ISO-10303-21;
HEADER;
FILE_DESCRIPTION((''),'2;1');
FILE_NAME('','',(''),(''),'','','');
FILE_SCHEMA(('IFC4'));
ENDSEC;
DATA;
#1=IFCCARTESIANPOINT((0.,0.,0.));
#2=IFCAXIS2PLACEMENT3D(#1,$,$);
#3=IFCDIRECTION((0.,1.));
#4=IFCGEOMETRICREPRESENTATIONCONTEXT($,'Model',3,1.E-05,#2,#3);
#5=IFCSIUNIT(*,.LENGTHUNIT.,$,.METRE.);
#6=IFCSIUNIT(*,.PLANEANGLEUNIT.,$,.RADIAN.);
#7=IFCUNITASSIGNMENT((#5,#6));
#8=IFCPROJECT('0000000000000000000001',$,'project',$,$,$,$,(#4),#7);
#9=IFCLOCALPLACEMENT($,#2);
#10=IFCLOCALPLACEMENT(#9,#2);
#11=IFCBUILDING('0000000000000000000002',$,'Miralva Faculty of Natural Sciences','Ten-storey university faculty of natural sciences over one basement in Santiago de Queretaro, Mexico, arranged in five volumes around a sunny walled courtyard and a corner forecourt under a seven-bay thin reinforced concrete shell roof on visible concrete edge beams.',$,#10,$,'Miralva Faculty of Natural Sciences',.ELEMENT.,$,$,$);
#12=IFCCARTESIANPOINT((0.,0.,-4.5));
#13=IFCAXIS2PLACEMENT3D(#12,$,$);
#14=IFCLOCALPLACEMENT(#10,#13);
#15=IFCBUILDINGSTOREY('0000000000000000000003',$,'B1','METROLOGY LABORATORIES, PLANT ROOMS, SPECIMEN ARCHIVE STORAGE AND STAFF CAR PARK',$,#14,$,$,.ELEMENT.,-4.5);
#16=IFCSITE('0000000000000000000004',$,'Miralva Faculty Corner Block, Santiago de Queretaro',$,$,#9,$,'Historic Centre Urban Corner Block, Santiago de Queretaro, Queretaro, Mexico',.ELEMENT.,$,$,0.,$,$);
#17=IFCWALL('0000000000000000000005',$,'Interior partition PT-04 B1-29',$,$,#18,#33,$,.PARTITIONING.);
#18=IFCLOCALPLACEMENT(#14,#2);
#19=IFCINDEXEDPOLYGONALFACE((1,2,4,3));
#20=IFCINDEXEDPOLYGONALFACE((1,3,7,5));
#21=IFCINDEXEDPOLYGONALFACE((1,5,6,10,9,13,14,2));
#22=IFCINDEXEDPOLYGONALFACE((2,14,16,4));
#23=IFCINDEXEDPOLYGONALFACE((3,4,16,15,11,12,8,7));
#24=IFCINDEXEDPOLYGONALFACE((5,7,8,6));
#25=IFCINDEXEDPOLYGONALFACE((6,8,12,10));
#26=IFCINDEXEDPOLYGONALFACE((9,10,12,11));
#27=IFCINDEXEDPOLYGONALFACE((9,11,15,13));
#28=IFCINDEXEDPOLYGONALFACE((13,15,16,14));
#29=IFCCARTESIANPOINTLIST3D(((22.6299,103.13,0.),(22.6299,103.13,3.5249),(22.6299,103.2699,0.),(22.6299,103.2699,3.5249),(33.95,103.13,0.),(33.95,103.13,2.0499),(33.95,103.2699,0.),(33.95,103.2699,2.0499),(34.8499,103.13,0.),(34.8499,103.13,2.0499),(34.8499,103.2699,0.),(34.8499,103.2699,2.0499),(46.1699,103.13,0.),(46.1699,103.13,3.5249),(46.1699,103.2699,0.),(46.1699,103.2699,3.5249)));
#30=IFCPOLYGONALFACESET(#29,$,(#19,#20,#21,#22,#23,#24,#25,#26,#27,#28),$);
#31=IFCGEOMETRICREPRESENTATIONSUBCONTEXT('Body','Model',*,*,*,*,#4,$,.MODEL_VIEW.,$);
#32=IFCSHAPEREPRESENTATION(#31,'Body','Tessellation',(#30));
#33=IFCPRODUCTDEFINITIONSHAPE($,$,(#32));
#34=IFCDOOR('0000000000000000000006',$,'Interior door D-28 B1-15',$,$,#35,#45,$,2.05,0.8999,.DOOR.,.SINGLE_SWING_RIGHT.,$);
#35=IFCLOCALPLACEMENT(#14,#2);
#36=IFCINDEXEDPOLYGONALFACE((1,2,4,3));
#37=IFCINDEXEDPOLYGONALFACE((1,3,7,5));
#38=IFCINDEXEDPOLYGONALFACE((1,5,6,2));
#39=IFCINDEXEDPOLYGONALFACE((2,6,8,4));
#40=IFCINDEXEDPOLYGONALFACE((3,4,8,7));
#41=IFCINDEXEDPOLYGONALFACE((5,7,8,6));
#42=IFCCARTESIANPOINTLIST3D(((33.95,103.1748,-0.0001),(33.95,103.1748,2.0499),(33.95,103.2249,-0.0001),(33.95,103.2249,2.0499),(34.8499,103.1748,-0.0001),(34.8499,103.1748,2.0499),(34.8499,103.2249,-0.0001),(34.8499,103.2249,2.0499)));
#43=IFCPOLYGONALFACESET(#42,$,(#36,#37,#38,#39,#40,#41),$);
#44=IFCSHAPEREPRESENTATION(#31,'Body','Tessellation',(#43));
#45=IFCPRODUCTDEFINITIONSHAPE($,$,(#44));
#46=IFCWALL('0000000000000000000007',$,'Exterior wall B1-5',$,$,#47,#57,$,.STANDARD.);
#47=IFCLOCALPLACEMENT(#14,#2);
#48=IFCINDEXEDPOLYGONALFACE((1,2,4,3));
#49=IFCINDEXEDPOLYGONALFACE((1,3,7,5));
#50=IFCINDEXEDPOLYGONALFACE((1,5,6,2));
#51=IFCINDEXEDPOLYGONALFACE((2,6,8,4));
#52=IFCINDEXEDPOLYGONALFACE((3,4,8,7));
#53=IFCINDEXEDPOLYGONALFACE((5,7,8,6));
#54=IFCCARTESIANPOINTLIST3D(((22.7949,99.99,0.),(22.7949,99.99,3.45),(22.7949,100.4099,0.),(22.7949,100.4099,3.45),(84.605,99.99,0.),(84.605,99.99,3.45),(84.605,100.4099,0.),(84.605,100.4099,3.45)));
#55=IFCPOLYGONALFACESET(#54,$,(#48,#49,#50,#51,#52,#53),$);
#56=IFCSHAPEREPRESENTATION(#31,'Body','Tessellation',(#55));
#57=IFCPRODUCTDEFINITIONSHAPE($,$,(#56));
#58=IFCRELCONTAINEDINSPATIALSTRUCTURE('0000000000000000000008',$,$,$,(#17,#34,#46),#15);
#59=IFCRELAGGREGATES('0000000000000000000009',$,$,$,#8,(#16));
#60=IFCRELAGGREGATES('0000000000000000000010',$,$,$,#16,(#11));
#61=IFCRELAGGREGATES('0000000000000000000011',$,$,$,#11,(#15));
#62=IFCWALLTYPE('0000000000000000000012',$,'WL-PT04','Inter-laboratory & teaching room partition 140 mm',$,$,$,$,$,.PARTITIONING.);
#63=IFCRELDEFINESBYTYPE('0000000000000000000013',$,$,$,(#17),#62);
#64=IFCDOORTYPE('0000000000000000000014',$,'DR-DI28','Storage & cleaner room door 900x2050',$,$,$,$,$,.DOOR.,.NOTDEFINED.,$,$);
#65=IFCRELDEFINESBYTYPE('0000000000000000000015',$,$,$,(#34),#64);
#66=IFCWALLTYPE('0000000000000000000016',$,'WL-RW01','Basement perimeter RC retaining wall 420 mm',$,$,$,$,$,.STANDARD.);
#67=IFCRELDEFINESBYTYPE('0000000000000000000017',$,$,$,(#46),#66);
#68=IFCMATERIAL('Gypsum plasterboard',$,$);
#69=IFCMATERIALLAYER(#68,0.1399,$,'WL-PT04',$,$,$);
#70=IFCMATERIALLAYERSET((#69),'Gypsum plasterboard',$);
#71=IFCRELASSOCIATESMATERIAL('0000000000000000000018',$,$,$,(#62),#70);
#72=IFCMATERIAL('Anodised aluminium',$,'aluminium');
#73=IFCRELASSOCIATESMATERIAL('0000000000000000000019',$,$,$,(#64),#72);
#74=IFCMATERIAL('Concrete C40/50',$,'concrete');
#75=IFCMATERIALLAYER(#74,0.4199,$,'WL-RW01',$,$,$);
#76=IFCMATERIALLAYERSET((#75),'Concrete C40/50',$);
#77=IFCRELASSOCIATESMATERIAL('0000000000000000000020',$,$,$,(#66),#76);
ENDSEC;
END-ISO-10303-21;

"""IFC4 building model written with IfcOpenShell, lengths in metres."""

from ifc_helpers import new_model, si_unit, direction, frame, frame_2d, origin, place, context, subcontext, project, spatial, rectangle, extrude, material, layer, layer_set, type_object, element, fill, save


model = new_model("IFC4")

# Units and contexts
model_context = context("Model", 3, precision=1e-05, world=origin(), true_north=direction((0.0, 1.0)))
body_context = subcontext(model_context, "Body", "Model", "MODEL_VIEW")
ifc_project = project(units=[si_unit("LENGTHUNIT", "METRE"), si_unit("PLANEANGLEUNIT", "RADIAN")], contexts=[model_context])

# Site, building, storey
site_placement = place(None, origin())
site = spatial("IfcSite", under=ifc_project, at=site_placement, Name="Miralva Faculty Corner Block, Santiago de Queretaro", LongName="Historic Centre Urban Corner Block, Santiago de Queretaro, Queretaro, Mexico", CompositionType="ELEMENT", RefElevation=0.0)
building_placement = place(site_placement, origin())
building = spatial("IfcBuilding", under=site, at=building_placement, Name="Miralva Faculty of Natural Sciences", Description="Ten-storey university faculty of natural sciences over one basement in Santiago de Queretaro, Mexico, arranged in five volumes around a sunny walled courtyard and a corner forecourt under a seven-bay thin reinforced concrete shell roof on visible concrete edge beams.", LongName="Miralva Faculty of Natural Sciences", CompositionType="ELEMENT")
storey_placement = place(building_placement, frame((0.0, 0.0, -4.5)))
storey = spatial("IfcBuildingStorey", under=building, at=storey_placement, Name="B1", Description="METROLOGY LABORATORIES, PLANT ROOMS, SPECIMEN ARCHIVE STORAGE AND STAFF CAR PARK", CompositionType="ELEMENT", Elevation=-4.5)

# Shared definitions
ifc_material_1 = material(Name="Concrete C40/50", Category="concrete")

# Wall, opening, door
ifc_material_2 = material(Name="Gypsum plasterboard")
ifc_layer_1 = layer(ifc_material_2, 0.1399, Name="WL-PT04")
ifc_layer_set_1 = layer_set([ifc_layer_1], Name="Gypsum plasterboard")
wall_type_1 = type_object("IfcWallType", Name="WL-PT04", Description="Inter-laboratory & teaching room partition 140 mm", PredefinedType="PARTITIONING", material=ifc_layer_set_1)
ifc_material_3 = material(Name="Anodised aluminium", Category="aluminium")
door_type = type_object("IfcDoorType", Name="DR-DI28", Description="Storage & cleaner room door 900x2050", OperationType="NOTDEFINED", PredefinedType="DOOR", material=ifc_material_3)
wall_1_placement = place(storey_placement, frame((22.6299, 103.2, 0.0), z_axis=(0.0, 0.0, 1.0), x_axis=(1.0, 0.0, 0.0)))
wall_1 = element("IfcWall", 1, at=wall_1_placement, inside=storey, type_object=wall_type_1, Name="Interior partition PT-04 B1-29", PredefinedType="PARTITIONING", context=body_context, shape_type="SweptSolid", body=[
    extrude(rectangle(XDim=23.54, YDim=0.1399, at=frame_2d((11.77, 0.0))), origin(), (0.0, 0.0, 1.0), 3.5249),
])
opening_1_placement = place(wall_1_placement, frame((11.3201, 0.0, 0.0)))
opening_1 = element("IfcOpeningElement", 2, at=opening_1_placement, cuts=wall_1, PredefinedType="OPENING", context=body_context, shape_type="SweptSolid", body=[
    extrude(rectangle(XDim=0.8999, YDim=2.05, at=frame_2d((0.45, 1.0249))), frame((0.0, 0.0798, 0.0), z_axis=(0.0, -1.0, 0.0), x_axis=(1.0, 0.0, 0.0)), (0.0, 0.0, 1.0), 0.1599),
])
door_1_placement = place(opening_1_placement, origin())
door_1 = element("IfcDoor", 3, at=door_1_placement, inside=storey, type_object=door_type, Name="Interior door D-28 B1-15", OperationType="SINGLE_SWING_RIGHT", OverallHeight=2.05, OverallWidth=0.8999, PredefinedType="DOOR", context=body_context, shape_type="SweptSolid", body=[
    extrude(rectangle(XDim=0.8999, YDim=2.05, at=frame_2d((0.45, 1.0249))), frame((0.0, 0.0249, 0.0), z_axis=(0.0, -1.0, 0.0), x_axis=(1.0, 0.0, 0.0)), (0.0, 0.0, 1.0), 0.05),
])
fill(opening_1, door_1)

# Wall
ifc_layer_2 = layer(ifc_material_1, 0.4199, Name="WL-RW01")
ifc_layer_set_2 = layer_set([ifc_layer_2], Name="Concrete C40/50")
wall_type_2 = type_object("IfcWallType", Name="WL-RW01", Description="Basement perimeter RC retaining wall 420 mm", PredefinedType="STANDARD", material=ifc_layer_set_2)
wall_2_placement = place(storey_placement, frame((22.7949, 100.2, 0.0), z_axis=(0.0, 0.0, 1.0), x_axis=(1.0, 0.0, 0.0)))
element("IfcWall", 4, at=wall_2_placement, inside=storey, type_object=wall_type_2, Name="Exterior wall B1-5", PredefinedType="STANDARD", context=body_context, shape_type="SweptSolid", body=[
    extrude(rectangle(XDim=61.8101, YDim=0.4199, at=frame_2d((30.905, 0.0))), origin(), (0.0, 0.0, 1.0), 3.45),
])

save(model, "model.ifc")
